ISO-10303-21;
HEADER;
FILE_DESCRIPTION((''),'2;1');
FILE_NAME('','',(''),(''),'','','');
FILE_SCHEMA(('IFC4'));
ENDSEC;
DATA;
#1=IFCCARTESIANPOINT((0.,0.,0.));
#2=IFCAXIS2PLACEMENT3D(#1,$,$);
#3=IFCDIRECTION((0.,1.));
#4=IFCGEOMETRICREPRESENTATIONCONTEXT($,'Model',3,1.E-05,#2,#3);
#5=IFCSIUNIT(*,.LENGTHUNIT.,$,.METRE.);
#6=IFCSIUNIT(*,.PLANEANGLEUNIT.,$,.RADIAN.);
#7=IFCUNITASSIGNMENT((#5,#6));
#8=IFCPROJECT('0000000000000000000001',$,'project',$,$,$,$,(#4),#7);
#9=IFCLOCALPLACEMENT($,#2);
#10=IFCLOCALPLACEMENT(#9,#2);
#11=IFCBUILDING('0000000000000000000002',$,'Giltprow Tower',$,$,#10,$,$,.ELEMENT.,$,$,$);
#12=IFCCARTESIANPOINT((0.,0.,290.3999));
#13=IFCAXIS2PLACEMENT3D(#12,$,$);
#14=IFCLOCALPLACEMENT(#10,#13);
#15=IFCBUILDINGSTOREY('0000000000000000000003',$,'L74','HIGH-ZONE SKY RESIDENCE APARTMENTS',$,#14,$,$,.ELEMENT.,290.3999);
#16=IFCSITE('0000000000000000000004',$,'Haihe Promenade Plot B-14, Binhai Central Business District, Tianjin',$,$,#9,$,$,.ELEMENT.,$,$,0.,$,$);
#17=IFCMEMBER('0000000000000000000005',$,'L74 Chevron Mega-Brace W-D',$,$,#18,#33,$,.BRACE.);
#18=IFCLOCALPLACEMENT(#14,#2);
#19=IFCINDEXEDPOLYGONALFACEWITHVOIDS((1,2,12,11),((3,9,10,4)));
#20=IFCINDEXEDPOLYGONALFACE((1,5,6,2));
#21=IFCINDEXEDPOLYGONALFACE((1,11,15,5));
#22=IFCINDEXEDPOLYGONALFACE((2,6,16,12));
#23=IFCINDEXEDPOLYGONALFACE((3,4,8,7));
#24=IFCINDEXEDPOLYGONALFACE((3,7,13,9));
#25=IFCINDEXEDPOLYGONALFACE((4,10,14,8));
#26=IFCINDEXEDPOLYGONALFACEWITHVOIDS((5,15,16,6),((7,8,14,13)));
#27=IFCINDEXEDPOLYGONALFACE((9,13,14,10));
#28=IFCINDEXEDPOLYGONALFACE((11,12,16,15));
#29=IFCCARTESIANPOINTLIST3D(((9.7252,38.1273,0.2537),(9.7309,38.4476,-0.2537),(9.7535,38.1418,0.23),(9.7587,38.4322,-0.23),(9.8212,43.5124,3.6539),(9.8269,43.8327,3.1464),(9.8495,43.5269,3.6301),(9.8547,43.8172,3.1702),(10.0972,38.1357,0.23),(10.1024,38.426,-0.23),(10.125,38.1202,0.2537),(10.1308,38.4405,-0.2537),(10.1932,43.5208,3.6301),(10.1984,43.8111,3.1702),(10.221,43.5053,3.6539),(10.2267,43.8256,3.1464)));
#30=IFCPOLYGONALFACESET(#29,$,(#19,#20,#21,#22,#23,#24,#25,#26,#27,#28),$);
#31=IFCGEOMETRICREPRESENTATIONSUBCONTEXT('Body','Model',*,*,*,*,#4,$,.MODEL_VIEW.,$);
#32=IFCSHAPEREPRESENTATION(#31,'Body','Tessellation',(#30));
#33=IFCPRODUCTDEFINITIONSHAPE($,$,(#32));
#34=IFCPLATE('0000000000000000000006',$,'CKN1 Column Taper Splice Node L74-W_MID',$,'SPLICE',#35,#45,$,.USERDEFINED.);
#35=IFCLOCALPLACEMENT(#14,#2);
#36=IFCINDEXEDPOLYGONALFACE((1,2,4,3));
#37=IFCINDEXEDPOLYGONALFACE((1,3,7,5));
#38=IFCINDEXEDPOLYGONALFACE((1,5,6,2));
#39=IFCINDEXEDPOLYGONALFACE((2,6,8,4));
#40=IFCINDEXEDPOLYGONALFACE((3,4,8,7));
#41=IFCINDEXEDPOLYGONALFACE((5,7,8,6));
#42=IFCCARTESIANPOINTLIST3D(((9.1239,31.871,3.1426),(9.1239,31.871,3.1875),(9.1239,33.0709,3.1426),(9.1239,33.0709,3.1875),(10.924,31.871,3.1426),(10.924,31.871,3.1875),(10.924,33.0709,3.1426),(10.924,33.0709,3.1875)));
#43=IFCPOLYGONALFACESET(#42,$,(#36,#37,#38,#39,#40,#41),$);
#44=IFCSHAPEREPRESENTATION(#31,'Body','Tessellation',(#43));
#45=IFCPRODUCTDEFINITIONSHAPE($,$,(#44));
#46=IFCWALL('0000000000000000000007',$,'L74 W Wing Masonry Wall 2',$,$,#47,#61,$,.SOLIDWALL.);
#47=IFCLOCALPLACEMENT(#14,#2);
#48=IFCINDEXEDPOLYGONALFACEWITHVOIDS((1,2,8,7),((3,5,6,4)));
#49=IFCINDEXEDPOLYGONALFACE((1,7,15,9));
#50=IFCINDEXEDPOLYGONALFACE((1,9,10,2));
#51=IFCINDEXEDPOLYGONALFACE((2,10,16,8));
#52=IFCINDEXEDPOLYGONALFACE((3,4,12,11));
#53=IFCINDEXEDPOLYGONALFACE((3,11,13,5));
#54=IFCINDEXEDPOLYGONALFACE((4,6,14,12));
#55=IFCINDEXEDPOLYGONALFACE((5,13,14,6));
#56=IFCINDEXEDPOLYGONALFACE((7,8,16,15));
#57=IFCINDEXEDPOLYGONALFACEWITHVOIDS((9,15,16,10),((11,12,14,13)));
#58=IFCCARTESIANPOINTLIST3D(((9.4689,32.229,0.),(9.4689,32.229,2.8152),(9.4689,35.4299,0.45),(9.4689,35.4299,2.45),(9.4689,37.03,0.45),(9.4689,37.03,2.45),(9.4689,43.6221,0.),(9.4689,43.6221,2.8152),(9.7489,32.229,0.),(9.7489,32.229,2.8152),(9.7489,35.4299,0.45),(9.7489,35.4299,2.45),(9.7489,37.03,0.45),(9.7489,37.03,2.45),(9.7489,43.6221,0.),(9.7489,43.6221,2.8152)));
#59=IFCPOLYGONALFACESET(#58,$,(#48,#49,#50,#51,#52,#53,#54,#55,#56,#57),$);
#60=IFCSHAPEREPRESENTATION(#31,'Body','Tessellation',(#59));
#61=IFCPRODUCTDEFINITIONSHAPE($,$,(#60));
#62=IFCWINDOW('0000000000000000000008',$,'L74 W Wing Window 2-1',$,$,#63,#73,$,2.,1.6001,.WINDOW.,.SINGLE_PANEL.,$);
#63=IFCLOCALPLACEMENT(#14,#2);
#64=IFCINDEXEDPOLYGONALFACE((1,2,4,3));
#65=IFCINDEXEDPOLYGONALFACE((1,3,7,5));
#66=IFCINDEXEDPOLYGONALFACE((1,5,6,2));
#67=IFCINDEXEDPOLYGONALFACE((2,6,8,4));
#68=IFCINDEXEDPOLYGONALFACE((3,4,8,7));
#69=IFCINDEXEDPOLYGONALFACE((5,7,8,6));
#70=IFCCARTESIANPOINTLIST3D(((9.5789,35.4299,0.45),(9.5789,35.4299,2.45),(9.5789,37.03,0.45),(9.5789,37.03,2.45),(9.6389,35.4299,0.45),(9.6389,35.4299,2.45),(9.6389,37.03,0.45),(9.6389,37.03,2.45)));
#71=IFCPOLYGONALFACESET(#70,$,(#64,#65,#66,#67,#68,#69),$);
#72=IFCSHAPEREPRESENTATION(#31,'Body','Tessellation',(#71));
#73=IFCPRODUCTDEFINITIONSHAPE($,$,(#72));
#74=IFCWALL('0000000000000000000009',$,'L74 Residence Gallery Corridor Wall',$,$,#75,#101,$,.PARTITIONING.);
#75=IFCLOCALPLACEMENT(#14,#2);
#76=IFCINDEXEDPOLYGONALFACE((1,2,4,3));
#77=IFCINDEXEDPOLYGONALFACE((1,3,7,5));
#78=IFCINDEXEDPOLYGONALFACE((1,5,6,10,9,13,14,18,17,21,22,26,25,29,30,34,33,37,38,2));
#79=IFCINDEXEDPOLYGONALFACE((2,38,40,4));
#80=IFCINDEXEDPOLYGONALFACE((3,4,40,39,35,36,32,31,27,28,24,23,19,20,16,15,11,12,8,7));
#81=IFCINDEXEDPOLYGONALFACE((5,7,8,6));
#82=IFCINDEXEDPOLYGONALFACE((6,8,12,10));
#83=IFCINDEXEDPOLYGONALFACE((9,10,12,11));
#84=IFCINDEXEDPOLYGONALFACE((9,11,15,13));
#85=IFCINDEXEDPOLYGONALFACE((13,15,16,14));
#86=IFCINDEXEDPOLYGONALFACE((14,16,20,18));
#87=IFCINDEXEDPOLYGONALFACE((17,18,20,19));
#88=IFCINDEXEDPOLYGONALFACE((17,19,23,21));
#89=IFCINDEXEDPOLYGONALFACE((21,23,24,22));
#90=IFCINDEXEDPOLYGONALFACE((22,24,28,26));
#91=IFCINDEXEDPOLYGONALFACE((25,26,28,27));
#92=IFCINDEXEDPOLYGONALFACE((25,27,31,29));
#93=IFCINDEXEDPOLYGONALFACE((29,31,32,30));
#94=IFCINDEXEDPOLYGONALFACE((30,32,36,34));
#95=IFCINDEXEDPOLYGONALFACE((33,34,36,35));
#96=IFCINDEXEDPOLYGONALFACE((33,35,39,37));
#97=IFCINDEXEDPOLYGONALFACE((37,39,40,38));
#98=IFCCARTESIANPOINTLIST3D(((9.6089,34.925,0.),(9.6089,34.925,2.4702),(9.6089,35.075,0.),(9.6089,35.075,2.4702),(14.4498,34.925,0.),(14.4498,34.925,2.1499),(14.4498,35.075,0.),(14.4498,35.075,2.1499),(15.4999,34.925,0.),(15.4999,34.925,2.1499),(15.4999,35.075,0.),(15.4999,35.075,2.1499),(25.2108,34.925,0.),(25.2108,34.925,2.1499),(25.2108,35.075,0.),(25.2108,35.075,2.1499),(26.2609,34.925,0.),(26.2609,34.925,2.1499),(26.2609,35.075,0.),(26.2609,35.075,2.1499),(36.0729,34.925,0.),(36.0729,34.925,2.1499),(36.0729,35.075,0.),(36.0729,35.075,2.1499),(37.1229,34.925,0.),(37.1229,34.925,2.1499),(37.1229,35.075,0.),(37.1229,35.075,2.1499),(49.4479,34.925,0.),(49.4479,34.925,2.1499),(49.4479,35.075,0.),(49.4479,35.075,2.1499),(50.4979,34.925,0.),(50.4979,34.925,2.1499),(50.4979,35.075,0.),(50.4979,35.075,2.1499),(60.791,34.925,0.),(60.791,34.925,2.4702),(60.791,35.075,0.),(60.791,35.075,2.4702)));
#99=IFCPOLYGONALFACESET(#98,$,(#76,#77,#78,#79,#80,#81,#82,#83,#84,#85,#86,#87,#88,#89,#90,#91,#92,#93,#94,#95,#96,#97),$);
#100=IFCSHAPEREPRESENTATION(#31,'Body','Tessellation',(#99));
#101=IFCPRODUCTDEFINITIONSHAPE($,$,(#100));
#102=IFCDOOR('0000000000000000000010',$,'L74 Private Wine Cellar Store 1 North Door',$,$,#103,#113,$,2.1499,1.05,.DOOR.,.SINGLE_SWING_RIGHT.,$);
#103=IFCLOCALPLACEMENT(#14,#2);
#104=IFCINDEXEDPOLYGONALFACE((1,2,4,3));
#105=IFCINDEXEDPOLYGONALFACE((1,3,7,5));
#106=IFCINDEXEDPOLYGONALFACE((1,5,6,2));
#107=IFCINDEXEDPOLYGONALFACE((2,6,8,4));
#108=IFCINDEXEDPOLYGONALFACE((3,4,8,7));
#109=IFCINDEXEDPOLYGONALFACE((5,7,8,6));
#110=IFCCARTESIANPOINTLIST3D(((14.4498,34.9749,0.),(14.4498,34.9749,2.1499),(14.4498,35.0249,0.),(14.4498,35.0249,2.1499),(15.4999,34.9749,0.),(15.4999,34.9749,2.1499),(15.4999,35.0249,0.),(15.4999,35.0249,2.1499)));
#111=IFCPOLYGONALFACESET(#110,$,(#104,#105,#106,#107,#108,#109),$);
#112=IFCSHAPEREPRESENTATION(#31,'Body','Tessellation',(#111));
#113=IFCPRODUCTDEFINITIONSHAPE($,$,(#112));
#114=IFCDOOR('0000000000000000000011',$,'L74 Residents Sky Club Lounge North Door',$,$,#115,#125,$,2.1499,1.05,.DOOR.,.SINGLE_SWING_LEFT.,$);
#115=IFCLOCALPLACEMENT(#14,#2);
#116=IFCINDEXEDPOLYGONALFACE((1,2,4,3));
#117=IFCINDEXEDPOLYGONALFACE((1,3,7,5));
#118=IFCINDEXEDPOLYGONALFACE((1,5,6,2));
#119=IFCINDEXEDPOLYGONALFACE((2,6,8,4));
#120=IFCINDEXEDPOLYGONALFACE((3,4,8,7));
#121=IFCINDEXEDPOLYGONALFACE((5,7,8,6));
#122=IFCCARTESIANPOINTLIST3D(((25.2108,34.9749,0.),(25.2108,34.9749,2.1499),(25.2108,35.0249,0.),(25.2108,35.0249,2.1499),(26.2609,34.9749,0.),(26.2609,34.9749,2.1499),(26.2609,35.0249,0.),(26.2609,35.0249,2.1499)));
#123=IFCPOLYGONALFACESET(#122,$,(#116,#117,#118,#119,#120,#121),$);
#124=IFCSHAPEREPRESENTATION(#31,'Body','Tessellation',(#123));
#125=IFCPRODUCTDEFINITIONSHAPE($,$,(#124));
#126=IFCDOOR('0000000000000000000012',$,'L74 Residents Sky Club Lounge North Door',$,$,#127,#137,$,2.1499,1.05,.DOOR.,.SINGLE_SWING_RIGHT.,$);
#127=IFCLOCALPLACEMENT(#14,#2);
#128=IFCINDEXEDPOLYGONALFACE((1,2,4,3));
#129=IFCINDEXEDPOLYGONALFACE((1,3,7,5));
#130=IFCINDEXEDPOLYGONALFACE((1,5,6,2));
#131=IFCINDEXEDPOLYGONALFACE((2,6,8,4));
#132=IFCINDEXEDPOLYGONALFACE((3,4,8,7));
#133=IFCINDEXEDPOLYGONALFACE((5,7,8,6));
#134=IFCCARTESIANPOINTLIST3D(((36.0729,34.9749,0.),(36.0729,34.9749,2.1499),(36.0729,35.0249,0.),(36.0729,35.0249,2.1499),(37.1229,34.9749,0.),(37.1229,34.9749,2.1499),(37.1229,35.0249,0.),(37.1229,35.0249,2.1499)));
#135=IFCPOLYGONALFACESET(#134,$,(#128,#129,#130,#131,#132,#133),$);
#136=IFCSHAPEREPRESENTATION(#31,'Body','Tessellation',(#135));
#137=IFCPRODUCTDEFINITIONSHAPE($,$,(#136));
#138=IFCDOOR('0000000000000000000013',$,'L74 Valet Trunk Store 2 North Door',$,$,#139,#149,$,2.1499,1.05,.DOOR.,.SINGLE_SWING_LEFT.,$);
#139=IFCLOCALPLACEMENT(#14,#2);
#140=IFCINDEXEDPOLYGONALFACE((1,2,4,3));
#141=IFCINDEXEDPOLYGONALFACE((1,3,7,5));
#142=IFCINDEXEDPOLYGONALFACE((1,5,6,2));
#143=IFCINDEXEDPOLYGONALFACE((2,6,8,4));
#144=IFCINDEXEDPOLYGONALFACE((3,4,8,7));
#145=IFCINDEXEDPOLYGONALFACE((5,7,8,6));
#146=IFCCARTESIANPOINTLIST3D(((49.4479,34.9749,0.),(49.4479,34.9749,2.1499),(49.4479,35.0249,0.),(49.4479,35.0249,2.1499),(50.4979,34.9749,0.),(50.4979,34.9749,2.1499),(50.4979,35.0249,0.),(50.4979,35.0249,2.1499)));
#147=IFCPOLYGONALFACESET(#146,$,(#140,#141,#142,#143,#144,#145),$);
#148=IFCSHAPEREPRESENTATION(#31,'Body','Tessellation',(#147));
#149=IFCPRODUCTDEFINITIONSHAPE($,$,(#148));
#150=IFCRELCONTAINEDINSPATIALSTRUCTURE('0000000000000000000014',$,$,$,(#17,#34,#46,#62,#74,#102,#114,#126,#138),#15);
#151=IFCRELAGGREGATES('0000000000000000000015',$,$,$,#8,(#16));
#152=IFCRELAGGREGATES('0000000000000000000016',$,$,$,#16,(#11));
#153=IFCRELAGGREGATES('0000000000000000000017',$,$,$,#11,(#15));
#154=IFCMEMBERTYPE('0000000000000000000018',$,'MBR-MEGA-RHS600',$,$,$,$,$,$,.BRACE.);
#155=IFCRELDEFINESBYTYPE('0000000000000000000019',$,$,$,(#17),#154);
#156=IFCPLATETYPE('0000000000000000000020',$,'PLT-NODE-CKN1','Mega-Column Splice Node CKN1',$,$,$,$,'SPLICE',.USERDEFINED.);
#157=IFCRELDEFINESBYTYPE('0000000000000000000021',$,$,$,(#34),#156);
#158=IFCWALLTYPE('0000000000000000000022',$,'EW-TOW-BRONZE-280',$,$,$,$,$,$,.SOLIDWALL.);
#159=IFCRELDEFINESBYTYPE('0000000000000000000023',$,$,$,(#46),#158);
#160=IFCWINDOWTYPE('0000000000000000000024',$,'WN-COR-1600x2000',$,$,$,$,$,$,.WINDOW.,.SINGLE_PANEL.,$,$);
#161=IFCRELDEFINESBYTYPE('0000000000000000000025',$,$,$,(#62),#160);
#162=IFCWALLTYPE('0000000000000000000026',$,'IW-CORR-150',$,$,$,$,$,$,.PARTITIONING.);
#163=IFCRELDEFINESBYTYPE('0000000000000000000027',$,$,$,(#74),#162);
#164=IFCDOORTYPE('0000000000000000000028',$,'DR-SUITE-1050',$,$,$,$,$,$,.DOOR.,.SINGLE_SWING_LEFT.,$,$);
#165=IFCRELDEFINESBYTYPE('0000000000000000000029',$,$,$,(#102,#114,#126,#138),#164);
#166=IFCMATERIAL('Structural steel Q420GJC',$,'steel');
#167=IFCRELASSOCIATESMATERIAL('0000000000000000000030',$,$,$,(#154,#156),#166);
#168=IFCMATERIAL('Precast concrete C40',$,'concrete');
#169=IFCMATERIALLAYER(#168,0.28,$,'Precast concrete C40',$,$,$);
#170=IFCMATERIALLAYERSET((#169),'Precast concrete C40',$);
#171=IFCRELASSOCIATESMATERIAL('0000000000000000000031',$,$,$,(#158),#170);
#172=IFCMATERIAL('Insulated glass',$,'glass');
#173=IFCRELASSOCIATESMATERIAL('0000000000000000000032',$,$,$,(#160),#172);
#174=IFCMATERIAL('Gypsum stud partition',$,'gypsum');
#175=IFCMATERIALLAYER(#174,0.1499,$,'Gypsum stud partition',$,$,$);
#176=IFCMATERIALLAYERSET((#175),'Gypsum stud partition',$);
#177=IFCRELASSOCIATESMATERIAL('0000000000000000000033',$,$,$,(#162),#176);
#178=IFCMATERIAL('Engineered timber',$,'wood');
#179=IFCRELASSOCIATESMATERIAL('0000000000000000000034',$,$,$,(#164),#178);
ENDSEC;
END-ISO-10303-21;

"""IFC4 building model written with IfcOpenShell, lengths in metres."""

from ifc_helpers import new_model, si_unit, direction, frame, frame_2d, origin, origin_2d, place, context, subcontext, project, spatial, rectangle, hollow_rectangle, extrude, source, transform, mapped, material, layer, layer_set, material_profile, profile_set, type_object, element, fill, save


model = new_model("IFC4")

# Units and contexts
model_context = context("Model", 3, precision=1e-05, world=origin(), true_north=direction((0.0, 1.0)))
body_context = subcontext(model_context, "Body", "Model", "MODEL_VIEW")
ifc_project = project(units=[si_unit("LENGTHUNIT", "METRE"), si_unit("PLANEANGLEUNIT", "RADIAN")], contexts=[model_context])

# Site, building, storey
site_placement = place(None, origin())
site = spatial("IfcSite", under=ifc_project, at=site_placement, Name="Haihe Promenade Plot B-14, Binhai Central Business District, Tianjin", CompositionType="ELEMENT", RefElevation=0.0)
building_placement = place(site_placement, origin())
building = spatial("IfcBuilding", under=site, at=building_placement, Name="Giltprow Tower", CompositionType="ELEMENT")
storey_placement = place(building_placement, frame((0.0, 0.0, 290.3999)))
storey = spatial("IfcBuildingStorey", under=building, at=storey_placement, Name="L74", Description="HIGH-ZONE SKY RESIDENCE APARTMENTS", CompositionType="ELEMENT", Elevation=290.3999)

# Shared definitions
ifc_material_1 = material(Name="Structural steel Q420GJC", Category="steel")

# Member
ifc_material_profile_1 = material_profile(ifc_material_1, hollow_rectangle(XDim=0.3999, YDim=0.6001, WallThickness=0.0281, at=origin_2d()), Name="RHS 600x400x28")
ifc_profile_set_1 = profile_set([ifc_material_profile_1], Name="Structural steel Q420GJC")
member_type = type_object("IfcMemberType", Name="MBR-MEGA-RHS600", PredefinedType="BRACE", material=ifc_profile_set_1)
shared_shape_1 = source(origin(), body_context, "Body", "SweptSolid", [
    extrude(hollow_rectangle(XDim=0.3999, YDim=0.6001, WallThickness=0.0281, at=origin_2d()), origin(), (0.0, 0.0, 1.0), 6.3694),
])
member_placement = place(storey_placement, frame((9.928, 38.2839, 0.0), z_axis=(0.015064, 0.845458, 0.53383), x_axis=(-0.999841, 0.017815, 0.0)))
element("IfcMember", 1, at=member_placement, inside=storey, type_object=member_type, Name="L74 Chevron Mega-Brace W-D", PredefinedType="BRACE", context=body_context, shape_type="MappedRepresentation", body=[
    mapped(shared_shape_1, transform((0.0, 0.0, 0.0), x_axis=(1.0, 0.0, 0.0), y_axis=(0.0, 1.0, 0.0), z_axis=(0.0, 0.0, 1.0), scale=1.0)),
])

# Plate
plate_type = type_object("IfcPlateType", Name="PLT-NODE-CKN1", Description="Mega-Column Splice Node CKN1", ElementType="SPLICE", PredefinedType="USERDEFINED", material=ifc_material_1)
shared_shape_2 = source(origin(), body_context, "Body", "SweptSolid", [
    extrude(rectangle(XDim=1.8, YDim=1.2, at=origin_2d()), origin(), (0.0, 0.0, 1.0), 0.0449),
])
plate_placement = place(storey_placement, frame((10.0239, 32.4709, 3.1426), z_axis=(0.0, 0.0, 1.0), x_axis=(1.0, 0.0, 0.0)))
element("IfcPlate", 2, at=plate_placement, inside=storey, type_object=plate_type, Name="CKN1 Column Taper Splice Node L74-W_MID", ObjectType="SPLICE", PredefinedType="USERDEFINED", context=body_context, shape_type="MappedRepresentation", body=[
    mapped(shared_shape_2, transform((0.0, 0.0, 0.0), x_axis=(1.0, 0.0, 0.0), y_axis=(0.0, 1.0, 0.0), z_axis=(0.0, 0.0, 1.0), scale=1.0)),
])

# Wall, opening, window
ifc_material_2 = material(Name="Precast concrete C40", Category="concrete")
ifc_layer_1 = layer(ifc_material_2, 0.28, Name="Precast concrete C40")
ifc_layer_set_1 = layer_set([ifc_layer_1], Name="Precast concrete C40")
wall_type_1 = type_object("IfcWallType", Name="EW-TOW-BRONZE-280", PredefinedType="SOLIDWALL", material=ifc_layer_set_1)
wall_1_placement = place(storey_placement, frame((9.6089, 32.229, 0.0), z_axis=(0.0, 0.0, 1.0), x_axis=(0.0, 1.0, 0.0)))
wall_1 = element("IfcWall", 3, at=wall_1_placement, inside=storey, type_object=wall_type_1, Name="L74 W Wing Masonry Wall 2", PredefinedType="SOLIDWALL", context=body_context, shape_type="SweptSolid", body=[
    extrude(rectangle(XDim=11.3931, YDim=0.28, at=frame_2d((5.6965, 0.0))), origin(), (0.0, 0.0, 1.0), 2.8152),
])
opening_1_placement = place(wall_1_placement, frame((3.2009, 0.0, 0.45)))
opening_1 = element("IfcOpeningElement", 4, at=opening_1_placement, cuts=wall_1, PredefinedType="OPENING", context=body_context, shape_type="SweptSolid", body=[
    extrude(rectangle(XDim=1.6001, YDim=2.0, at=frame_2d((0.8, 1.0))), frame((0.0, 0.1499, 0.0), z_axis=(0.0, -1.0, 0.0), x_axis=(1.0, 0.0, 0.0)), (0.0, 0.0, 1.0), 0.3),
])
ifc_material_3 = material(Name="Insulated glass", Category="glass")
window_type = type_object("IfcWindowType", Name="WN-COR-1600x2000", PartitioningType="SINGLE_PANEL", PredefinedType="WINDOW", material=ifc_material_3)
shared_shape_3 = source(origin(), body_context, "Body", "SweptSolid", [
    extrude(rectangle(XDim=1.6001, YDim=2.0, at=frame_2d((0.8, 1.0))), frame((0.0, 0.03, 0.0), z_axis=(0.0, -1.0, 0.0), x_axis=(1.0, 0.0, 0.0)), (0.0, 0.0, 1.0), 0.0601),
])
window_placement = place(opening_1_placement, origin())
window = element("IfcWindow", 5, at=window_placement, inside=storey, type_object=window_type, Name="L74 W Wing Window 2-1", OverallHeight=2.0, OverallWidth=1.6001, PartitioningType="SINGLE_PANEL", PredefinedType="WINDOW", context=body_context, shape_type="MappedRepresentation", body=[
    mapped(shared_shape_3, transform((0.0, 0.0, 0.0), x_axis=(1.0, 0.0, 0.0), y_axis=(0.0, 1.0, 0.0), z_axis=(0.0, 0.0, 1.0), scale=1.0)),
])
fill(opening_1, window)

# Wall, openings, doors
ifc_material_4 = material(Name="Gypsum stud partition", Category="gypsum")
ifc_layer_2 = layer(ifc_material_4, 0.1499, Name="Gypsum stud partition")
ifc_layer_set_2 = layer_set([ifc_layer_2], Name="Gypsum stud partition")
wall_type_2 = type_object("IfcWallType", Name="IW-CORR-150", PredefinedType="PARTITIONING", material=ifc_layer_set_2)
wall_2_placement = place(storey_placement, frame((9.6089, 35.0, 0.0), z_axis=(0.0, 0.0, 1.0), x_axis=(1.0, 0.0, 0.0)))
wall_2 = element("IfcWall", 6, at=wall_2_placement, inside=storey, type_object=wall_type_2, Name="L74 Residence Gallery Corridor Wall", PredefinedType="PARTITIONING", context=body_context, shape_type="SweptSolid", body=[
    extrude(rectangle(XDim=51.1821, YDim=0.1499, at=frame_2d((25.5911, 0.0))), origin(), (0.0, 0.0, 1.0), 2.4702),
])
opening_2_placement = place(wall_2_placement, frame((4.8411, 0.0, 0.0)))
opening_2 = element("IfcOpeningElement", 7, at=opening_2_placement, cuts=wall_2, PredefinedType="OPENING", context=body_context, shape_type="SweptSolid", body=[
    extrude(rectangle(XDim=1.05, YDim=2.1499, at=frame_2d((0.5249, 1.075))), frame((0.0, 0.085, 0.0), z_axis=(0.0, -1.0, 0.0), x_axis=(1.0, 0.0, 0.0)), (0.0, 0.0, 1.0), 0.1699),
])
opening_3_placement = place(wall_2_placement, frame((15.6021, 0.0, 0.0)))
opening_3 = element("IfcOpeningElement", 8, at=opening_3_placement, cuts=wall_2, PredefinedType="OPENING", context=body_context, shape_type="SweptSolid", body=[
    extrude(rectangle(XDim=1.05, YDim=2.1499, at=frame_2d((0.5249, 1.075))), frame((0.0, 0.085, 0.0), z_axis=(0.0, -1.0, 0.0), x_axis=(1.0, 0.0, 0.0)), (0.0, 0.0, 1.0), 0.1699),
])
opening_4_placement = place(wall_2_placement, frame((26.4641, 0.0, 0.0)))
opening_4 = element("IfcOpeningElement", 9, at=opening_4_placement, cuts=wall_2, PredefinedType="OPENING", context=body_context, shape_type="SweptSolid", body=[
    extrude(rectangle(XDim=1.05, YDim=2.1499, at=frame_2d((0.5249, 1.075))), frame((0.0, 0.085, 0.0), z_axis=(0.0, -1.0, 0.0), x_axis=(1.0, 0.0, 0.0)), (0.0, 0.0, 1.0), 0.1699),
])
opening_5_placement = place(wall_2_placement, frame((39.8391, 0.0, 0.0)))
opening_5 = element("IfcOpeningElement", 10, at=opening_5_placement, cuts=wall_2, PredefinedType="OPENING", context=body_context, shape_type="SweptSolid", body=[
    extrude(rectangle(XDim=1.05, YDim=2.1499, at=frame_2d((0.5249, 1.075))), frame((0.0, 0.085, 0.0), z_axis=(0.0, -1.0, 0.0), x_axis=(1.0, 0.0, 0.0)), (0.0, 0.0, 1.0), 0.1699),
])
ifc_material_5 = material(Name="Engineered timber", Category="wood")
door_type_1 = type_object("IfcDoorType", Name="DR-SUITE-1050", OperationType="SINGLE_SWING_LEFT", PredefinedType="DOOR", material=ifc_material_5)
shared_shape_4 = source(origin(), body_context, "Body", "SweptSolid", [
    extrude(rectangle(XDim=1.05, YDim=2.1499, at=frame_2d((0.5249, 1.075))), frame((0.0, 0.0249, 0.0), z_axis=(0.0, -1.0, 0.0), x_axis=(1.0, 0.0, 0.0)), (0.0, 0.0, 1.0), 0.05),
])
door_1_placement = place(opening_2_placement, origin())
door_1 = element("IfcDoor", 11, at=door_1_placement, inside=storey, type_object=door_type_1, Name="L74 Private Wine Cellar Store 1 North Door", OperationType="SINGLE_SWING_RIGHT", OverallHeight=2.1499, OverallWidth=1.05, PredefinedType="DOOR", context=body_context, shape_type="MappedRepresentation", body=[
    mapped(shared_shape_4, transform((0.0, 0.0, 0.0), x_axis=(1.0, 0.0, 0.0), y_axis=(0.0, 1.0, 0.0), z_axis=(0.0, 0.0, 1.0), scale=1.0)),
])
fill(opening_2, door_1)
door_2_placement = place(opening_3_placement, origin())
door_2 = element("IfcDoor", 12, at=door_2_placement, inside=storey, type_object=door_type_1, Name="L74 Residents Sky Club Lounge North Door", OperationType="SINGLE_SWING_LEFT", OverallHeight=2.1499, OverallWidth=1.05, PredefinedType="DOOR", context=body_context, shape_type="MappedRepresentation", body=[
    mapped(shared_shape_4, transform((0.0, 0.0, 0.0), x_axis=(1.0, 0.0, 0.0), y_axis=(0.0, 1.0, 0.0), z_axis=(0.0, 0.0, 1.0), scale=1.0)),
])
fill(opening_3, door_2)
door_3_placement = place(opening_4_placement, origin())
door_3 = element("IfcDoor", 13, at=door_3_placement, inside=storey, type_object=door_type_1, Name="L74 Residents Sky Club Lounge North Door", OperationType="SINGLE_SWING_RIGHT", OverallHeight=2.1499, OverallWidth=1.05, PredefinedType="DOOR", context=body_context, shape_type="MappedRepresentation", body=[
    mapped(shared_shape_4, transform((0.0, 0.0, 0.0), x_axis=(1.0, 0.0, 0.0), y_axis=(0.0, 1.0, 0.0), z_axis=(0.0, 0.0, 1.0), scale=1.0)),
])
fill(opening_4, door_3)
door_4_placement = place(opening_5_placement, origin())
door_4 = element("IfcDoor", 14, at=door_4_placement, inside=storey, type_object=door_type_1, Name="L74 Valet Trunk Store 2 North Door", OperationType="SINGLE_SWING_LEFT", OverallHeight=2.1499, OverallWidth=1.05, PredefinedType="DOOR", context=body_context, shape_type="MappedRepresentation", body=[
    mapped(shared_shape_4, transform((0.0, 0.0, 0.0), x_axis=(1.0, 0.0, 0.0), y_axis=(0.0, 1.0, 0.0), z_axis=(0.0, 0.0, 1.0), scale=1.0)),
])
fill(opening_5, door_4)

save(model, "model.ifc")
